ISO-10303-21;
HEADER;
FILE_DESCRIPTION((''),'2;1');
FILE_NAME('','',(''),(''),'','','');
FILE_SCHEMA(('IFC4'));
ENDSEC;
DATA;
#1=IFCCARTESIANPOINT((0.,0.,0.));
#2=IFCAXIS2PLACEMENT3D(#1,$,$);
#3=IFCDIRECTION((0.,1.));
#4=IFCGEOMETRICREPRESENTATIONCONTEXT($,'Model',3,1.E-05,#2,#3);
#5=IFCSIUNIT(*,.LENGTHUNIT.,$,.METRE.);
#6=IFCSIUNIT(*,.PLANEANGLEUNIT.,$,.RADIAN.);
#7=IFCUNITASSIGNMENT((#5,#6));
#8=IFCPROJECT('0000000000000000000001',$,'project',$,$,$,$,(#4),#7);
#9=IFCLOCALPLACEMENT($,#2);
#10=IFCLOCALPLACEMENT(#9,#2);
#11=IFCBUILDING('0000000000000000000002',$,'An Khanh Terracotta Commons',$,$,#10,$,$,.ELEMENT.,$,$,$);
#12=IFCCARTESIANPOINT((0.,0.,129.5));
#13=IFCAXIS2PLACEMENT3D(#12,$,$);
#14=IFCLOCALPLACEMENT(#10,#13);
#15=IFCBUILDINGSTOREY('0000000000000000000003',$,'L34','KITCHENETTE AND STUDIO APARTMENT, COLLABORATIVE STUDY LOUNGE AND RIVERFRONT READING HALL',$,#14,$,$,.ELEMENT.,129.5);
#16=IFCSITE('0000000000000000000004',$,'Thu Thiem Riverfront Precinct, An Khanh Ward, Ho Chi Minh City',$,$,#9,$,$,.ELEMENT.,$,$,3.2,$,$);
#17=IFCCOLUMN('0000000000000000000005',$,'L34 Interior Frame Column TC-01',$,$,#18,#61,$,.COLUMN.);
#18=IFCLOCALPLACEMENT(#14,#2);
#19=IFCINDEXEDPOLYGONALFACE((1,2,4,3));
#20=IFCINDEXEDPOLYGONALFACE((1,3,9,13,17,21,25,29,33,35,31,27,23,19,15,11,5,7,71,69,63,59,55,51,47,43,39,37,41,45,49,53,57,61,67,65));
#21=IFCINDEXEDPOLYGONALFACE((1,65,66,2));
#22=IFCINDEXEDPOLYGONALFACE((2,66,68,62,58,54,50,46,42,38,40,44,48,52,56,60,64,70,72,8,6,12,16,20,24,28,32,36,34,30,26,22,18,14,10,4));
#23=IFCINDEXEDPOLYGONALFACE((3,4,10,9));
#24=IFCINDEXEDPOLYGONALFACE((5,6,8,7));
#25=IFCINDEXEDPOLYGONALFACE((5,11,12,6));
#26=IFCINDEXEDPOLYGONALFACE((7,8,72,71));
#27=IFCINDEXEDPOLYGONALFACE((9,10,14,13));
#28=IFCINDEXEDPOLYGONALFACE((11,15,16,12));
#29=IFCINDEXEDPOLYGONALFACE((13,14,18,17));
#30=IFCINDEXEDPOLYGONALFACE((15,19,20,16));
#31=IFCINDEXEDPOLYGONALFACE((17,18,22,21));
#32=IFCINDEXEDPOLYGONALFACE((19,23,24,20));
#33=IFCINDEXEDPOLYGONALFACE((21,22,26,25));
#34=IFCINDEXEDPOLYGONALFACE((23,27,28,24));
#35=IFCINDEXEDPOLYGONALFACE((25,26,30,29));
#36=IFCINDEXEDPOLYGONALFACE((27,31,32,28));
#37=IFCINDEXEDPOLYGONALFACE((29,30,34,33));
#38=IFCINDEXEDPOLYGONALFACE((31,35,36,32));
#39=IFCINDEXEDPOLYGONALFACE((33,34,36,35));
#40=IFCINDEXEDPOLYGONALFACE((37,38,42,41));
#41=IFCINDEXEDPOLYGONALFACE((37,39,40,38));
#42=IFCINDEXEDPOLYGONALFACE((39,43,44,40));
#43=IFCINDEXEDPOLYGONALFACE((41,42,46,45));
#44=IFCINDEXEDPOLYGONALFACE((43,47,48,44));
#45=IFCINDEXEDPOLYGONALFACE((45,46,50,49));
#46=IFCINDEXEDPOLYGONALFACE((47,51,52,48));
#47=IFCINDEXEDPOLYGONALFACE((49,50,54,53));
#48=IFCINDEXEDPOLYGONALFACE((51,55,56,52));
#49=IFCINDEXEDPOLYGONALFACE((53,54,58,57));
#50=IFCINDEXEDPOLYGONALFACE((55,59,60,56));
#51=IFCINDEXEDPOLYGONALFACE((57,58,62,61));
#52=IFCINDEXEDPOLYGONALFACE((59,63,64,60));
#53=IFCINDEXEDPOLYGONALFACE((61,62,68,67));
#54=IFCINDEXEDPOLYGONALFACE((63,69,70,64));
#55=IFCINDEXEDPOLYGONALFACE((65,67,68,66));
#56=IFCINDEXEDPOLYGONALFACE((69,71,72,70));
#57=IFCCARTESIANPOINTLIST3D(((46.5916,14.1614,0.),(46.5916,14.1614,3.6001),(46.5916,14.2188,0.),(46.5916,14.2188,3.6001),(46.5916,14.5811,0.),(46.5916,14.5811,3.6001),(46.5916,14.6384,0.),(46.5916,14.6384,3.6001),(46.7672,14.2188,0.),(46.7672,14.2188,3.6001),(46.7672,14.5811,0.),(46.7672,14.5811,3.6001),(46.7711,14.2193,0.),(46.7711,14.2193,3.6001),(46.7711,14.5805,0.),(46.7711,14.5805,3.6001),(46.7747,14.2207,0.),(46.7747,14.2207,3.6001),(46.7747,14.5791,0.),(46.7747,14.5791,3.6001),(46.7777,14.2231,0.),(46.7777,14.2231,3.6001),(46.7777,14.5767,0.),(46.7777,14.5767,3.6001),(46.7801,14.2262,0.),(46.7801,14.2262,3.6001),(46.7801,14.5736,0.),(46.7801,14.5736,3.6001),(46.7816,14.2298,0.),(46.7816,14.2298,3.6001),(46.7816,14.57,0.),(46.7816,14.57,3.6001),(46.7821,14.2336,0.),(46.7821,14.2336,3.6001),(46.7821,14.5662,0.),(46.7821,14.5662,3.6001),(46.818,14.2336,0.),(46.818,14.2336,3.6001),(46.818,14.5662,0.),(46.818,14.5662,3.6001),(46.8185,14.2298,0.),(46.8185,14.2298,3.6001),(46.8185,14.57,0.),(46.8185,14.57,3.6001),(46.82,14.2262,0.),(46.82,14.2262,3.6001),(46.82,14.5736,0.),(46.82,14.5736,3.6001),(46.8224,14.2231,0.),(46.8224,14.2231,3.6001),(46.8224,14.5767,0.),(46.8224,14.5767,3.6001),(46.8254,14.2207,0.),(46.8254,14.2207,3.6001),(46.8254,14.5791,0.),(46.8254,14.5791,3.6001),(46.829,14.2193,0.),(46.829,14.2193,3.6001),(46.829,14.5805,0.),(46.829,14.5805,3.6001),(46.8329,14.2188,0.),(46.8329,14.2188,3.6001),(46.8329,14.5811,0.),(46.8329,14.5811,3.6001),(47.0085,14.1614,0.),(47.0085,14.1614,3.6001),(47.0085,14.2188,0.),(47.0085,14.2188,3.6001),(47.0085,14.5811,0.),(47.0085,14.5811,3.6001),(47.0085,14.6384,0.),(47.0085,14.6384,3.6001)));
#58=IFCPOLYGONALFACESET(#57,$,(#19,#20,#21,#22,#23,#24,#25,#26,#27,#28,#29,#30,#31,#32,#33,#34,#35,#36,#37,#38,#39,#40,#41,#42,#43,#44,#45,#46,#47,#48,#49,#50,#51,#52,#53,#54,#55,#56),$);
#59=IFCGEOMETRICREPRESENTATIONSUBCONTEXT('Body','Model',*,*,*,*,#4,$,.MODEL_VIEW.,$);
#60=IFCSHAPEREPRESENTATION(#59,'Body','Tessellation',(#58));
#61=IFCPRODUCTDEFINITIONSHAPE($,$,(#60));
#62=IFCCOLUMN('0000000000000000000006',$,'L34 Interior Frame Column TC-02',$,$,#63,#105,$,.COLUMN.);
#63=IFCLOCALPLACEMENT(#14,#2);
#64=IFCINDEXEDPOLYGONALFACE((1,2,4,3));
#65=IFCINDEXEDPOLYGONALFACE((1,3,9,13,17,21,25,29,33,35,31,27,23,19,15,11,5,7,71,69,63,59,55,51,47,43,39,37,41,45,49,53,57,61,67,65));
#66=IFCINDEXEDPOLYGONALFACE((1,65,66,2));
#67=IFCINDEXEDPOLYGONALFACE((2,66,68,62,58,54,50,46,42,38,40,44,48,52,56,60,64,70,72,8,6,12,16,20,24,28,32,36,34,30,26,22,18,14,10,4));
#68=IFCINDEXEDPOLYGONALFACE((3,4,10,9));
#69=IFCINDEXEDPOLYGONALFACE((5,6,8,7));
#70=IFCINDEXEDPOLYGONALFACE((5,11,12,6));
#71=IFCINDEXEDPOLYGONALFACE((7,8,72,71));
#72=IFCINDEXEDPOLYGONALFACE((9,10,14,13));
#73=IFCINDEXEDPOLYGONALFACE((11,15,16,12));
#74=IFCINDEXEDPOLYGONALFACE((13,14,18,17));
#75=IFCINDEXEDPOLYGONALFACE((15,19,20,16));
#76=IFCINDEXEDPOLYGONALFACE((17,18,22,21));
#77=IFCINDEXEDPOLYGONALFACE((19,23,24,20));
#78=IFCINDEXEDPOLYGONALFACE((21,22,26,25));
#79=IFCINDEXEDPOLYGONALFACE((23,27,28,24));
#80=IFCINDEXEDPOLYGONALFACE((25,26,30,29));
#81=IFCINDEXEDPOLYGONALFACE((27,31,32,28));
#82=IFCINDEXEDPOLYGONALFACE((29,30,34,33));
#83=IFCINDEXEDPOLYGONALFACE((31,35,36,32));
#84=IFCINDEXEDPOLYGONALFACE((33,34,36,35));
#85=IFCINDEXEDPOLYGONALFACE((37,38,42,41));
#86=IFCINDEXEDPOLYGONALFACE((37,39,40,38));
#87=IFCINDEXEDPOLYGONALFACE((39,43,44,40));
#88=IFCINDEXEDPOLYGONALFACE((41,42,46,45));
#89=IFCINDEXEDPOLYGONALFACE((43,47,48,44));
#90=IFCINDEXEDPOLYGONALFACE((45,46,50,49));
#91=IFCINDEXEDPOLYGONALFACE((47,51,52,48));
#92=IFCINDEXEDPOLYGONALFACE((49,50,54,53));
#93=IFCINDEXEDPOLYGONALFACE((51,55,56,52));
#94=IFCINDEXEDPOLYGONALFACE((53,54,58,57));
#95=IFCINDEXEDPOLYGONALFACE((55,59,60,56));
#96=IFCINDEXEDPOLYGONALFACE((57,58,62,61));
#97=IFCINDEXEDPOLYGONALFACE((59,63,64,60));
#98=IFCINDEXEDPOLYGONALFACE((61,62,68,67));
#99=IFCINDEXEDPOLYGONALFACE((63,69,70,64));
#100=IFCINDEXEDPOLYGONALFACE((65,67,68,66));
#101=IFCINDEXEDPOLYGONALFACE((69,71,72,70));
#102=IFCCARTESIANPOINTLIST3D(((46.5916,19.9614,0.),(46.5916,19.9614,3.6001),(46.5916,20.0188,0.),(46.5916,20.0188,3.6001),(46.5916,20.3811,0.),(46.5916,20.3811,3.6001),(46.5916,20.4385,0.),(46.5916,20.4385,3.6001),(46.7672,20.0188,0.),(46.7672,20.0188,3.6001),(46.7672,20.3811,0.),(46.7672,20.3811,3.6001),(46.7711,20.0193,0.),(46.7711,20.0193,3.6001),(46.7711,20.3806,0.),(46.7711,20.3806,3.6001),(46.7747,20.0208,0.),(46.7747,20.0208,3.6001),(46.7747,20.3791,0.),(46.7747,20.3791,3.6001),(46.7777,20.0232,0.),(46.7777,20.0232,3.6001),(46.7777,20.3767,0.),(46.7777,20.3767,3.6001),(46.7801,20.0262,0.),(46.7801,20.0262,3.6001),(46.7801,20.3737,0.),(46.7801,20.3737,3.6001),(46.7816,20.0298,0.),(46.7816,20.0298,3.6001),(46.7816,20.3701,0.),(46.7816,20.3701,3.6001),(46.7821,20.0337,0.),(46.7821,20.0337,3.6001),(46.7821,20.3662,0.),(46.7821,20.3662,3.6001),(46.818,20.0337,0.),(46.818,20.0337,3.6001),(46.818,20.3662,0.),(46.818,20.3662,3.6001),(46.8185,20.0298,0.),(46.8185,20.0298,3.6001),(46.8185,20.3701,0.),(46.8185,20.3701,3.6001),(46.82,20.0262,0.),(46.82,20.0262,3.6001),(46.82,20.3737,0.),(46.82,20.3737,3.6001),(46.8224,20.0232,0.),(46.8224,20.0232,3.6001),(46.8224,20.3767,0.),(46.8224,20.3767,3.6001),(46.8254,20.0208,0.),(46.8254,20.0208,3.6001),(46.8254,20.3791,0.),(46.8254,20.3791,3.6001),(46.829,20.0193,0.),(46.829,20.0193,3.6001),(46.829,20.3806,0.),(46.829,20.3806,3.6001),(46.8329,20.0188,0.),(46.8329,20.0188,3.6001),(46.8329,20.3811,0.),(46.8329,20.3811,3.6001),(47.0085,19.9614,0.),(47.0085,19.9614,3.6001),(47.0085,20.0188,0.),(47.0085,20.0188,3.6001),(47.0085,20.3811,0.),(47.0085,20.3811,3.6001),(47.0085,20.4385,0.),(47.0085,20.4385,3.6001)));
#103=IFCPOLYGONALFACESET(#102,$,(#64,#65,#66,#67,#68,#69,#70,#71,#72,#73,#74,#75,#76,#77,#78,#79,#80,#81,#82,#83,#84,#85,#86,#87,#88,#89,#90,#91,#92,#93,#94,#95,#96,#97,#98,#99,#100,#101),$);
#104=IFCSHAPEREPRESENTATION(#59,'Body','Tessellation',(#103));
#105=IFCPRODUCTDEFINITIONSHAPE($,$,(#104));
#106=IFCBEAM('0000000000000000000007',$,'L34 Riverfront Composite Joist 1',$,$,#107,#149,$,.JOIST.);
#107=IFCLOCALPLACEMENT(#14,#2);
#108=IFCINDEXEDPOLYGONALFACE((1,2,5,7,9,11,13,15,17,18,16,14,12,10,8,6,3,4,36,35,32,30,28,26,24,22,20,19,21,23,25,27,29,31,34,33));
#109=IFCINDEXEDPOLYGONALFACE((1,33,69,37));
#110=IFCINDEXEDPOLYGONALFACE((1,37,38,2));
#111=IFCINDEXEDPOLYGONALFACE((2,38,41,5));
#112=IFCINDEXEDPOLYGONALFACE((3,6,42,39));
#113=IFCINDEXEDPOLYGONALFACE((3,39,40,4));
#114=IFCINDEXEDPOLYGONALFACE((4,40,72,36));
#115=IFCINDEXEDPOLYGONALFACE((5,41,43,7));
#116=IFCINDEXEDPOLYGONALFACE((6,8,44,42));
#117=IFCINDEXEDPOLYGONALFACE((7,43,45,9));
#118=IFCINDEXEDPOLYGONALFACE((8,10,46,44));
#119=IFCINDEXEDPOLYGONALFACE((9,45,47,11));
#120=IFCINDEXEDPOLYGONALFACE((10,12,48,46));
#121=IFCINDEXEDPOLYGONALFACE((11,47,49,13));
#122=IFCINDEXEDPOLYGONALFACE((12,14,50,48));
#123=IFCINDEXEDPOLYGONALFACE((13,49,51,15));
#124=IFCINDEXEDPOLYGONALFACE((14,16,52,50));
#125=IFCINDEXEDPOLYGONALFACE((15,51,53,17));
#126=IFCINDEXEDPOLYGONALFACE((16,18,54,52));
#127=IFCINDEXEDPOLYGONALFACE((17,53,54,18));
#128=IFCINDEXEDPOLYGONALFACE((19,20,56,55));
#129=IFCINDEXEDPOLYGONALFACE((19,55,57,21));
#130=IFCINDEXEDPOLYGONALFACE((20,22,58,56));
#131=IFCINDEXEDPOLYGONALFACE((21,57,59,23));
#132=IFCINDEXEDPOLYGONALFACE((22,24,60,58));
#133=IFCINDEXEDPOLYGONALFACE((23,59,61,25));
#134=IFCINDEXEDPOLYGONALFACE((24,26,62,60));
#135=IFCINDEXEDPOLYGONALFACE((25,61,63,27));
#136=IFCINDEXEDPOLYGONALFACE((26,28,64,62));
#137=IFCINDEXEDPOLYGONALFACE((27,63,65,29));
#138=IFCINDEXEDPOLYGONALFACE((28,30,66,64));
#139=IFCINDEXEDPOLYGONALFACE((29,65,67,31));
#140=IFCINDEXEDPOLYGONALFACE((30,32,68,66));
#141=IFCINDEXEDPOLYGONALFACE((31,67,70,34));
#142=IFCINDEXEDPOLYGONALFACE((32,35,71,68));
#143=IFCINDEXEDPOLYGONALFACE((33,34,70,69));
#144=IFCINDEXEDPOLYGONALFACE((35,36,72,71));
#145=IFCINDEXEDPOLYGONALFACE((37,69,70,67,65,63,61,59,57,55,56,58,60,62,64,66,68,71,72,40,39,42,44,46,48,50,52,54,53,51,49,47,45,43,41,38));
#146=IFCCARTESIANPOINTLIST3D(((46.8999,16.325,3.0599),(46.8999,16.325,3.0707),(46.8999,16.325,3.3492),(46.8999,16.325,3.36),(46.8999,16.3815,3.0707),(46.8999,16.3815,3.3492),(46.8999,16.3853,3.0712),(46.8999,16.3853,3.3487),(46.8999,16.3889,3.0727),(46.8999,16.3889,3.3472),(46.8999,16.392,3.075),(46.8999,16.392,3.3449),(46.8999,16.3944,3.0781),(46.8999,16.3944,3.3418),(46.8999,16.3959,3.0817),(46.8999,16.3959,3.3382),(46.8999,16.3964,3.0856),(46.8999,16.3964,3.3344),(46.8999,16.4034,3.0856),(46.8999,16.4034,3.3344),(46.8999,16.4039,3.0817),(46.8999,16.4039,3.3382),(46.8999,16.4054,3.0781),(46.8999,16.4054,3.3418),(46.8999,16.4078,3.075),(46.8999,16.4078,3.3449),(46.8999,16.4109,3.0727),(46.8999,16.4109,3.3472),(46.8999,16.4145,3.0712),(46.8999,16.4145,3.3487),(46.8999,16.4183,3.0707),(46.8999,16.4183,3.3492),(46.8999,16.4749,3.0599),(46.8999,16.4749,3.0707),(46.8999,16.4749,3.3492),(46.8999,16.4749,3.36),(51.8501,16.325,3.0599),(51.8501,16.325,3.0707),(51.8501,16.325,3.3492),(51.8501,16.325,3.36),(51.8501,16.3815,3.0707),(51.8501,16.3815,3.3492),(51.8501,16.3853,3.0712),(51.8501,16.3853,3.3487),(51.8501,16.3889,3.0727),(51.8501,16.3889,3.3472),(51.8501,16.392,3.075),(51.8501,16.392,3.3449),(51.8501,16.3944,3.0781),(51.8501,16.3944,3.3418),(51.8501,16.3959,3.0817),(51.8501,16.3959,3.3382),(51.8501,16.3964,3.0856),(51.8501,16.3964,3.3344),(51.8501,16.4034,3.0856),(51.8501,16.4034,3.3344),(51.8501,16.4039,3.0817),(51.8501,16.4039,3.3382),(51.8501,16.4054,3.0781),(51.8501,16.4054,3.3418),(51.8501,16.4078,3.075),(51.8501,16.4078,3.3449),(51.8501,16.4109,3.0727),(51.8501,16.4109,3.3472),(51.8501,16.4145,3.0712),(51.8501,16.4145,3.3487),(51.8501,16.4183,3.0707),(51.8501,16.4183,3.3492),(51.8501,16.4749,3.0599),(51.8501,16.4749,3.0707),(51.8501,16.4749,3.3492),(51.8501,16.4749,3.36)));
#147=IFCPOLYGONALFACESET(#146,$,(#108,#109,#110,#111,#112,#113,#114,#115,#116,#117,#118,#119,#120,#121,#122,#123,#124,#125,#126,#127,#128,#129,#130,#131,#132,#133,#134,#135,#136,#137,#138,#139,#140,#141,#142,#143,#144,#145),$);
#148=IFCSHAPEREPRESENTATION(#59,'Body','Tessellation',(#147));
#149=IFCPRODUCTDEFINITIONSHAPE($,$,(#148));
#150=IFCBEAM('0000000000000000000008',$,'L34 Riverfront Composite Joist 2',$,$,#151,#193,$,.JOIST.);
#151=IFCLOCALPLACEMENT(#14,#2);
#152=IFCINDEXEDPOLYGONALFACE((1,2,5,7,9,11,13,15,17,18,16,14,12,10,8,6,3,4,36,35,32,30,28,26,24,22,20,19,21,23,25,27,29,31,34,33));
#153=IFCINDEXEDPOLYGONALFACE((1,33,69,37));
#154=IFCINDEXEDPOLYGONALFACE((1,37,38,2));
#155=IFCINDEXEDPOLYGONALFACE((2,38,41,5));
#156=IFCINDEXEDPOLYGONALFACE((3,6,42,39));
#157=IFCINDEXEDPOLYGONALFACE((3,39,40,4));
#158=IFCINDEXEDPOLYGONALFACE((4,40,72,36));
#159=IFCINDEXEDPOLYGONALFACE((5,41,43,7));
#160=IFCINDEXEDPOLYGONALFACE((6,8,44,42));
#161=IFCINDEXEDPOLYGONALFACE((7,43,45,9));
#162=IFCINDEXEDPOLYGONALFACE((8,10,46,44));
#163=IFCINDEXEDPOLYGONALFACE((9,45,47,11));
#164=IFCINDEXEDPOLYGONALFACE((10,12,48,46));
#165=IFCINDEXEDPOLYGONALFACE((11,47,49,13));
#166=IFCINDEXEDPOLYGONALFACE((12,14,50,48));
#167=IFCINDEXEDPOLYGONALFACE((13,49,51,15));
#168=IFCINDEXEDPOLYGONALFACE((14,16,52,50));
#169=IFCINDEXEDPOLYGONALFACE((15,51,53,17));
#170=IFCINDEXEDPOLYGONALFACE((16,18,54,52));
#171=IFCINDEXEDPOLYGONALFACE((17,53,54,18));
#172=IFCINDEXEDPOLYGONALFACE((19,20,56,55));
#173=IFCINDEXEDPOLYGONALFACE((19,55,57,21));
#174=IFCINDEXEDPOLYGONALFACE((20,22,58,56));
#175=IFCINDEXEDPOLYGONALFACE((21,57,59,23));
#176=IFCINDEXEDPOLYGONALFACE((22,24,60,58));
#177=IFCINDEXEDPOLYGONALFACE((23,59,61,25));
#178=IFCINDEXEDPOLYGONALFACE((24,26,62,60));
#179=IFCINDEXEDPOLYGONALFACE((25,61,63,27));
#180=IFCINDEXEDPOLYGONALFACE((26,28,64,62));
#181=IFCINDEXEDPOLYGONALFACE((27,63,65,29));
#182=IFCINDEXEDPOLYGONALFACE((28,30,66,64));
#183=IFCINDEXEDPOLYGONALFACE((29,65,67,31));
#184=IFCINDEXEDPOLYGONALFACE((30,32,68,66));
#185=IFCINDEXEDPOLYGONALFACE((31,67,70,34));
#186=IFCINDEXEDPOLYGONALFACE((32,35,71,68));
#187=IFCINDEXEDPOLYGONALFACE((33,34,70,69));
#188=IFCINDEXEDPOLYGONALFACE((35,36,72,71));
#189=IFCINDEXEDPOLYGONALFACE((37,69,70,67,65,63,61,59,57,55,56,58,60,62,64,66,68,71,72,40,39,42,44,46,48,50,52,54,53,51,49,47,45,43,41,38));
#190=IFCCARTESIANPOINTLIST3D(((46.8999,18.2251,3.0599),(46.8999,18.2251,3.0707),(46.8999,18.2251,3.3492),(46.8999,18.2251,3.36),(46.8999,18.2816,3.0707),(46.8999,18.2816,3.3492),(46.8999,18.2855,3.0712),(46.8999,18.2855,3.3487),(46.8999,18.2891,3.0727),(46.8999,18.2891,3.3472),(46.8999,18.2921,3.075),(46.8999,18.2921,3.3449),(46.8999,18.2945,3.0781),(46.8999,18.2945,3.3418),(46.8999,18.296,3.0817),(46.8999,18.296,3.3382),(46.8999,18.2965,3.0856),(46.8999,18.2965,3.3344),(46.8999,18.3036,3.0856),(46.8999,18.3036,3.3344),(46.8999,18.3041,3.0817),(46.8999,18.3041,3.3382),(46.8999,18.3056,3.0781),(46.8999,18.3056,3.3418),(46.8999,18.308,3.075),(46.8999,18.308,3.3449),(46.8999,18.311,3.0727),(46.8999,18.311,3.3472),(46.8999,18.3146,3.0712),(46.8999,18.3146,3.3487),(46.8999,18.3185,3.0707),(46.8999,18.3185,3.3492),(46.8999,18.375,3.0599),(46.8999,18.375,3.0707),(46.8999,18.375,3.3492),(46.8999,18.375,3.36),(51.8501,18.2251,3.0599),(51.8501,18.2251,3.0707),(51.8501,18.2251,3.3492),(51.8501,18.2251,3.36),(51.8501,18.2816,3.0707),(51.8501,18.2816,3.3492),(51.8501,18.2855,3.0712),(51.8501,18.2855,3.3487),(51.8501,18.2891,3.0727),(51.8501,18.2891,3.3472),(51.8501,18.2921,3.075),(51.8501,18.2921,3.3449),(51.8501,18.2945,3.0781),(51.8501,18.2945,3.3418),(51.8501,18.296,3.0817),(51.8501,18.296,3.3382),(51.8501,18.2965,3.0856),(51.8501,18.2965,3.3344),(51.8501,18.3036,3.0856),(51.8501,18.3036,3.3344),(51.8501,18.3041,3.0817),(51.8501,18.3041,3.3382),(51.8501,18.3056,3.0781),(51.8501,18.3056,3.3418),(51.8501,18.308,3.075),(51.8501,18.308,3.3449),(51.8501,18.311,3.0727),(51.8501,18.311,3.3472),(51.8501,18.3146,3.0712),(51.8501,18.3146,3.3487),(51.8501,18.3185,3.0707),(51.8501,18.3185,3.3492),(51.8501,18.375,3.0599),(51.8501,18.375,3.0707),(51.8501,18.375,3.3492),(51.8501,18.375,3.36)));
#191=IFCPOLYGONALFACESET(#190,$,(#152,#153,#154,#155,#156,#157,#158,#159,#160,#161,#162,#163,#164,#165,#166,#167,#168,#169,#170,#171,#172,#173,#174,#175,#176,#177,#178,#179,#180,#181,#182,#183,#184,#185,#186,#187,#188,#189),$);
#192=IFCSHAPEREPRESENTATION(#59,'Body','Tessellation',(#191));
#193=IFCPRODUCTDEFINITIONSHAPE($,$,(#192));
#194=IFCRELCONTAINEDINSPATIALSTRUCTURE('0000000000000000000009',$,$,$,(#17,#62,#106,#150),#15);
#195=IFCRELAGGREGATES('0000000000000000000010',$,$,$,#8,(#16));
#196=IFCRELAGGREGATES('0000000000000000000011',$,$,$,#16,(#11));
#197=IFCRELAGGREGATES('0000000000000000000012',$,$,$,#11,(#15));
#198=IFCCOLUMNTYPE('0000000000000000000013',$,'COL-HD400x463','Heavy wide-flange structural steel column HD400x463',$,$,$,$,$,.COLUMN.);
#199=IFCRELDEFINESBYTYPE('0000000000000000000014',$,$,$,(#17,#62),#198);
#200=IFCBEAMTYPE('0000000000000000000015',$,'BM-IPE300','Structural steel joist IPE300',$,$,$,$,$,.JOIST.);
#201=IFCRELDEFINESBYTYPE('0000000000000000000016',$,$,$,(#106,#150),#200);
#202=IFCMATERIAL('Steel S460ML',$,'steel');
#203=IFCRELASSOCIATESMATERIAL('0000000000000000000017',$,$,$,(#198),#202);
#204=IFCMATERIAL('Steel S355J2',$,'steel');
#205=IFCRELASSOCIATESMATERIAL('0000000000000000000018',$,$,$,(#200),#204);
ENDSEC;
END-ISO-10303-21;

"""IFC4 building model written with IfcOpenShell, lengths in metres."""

from ifc_helpers import new_model, si_unit, direction, frame, origin, origin_2d, place, context, subcontext, project, spatial, i_section, extrude, material, material_profile, profile_set, type_object, element, save


model = new_model("IFC4")

# Units and contexts
model_context = context("Model", 3, precision=1e-05, world=origin(), true_north=direction((0.0, 1.0)))
body_context = subcontext(model_context, "Body", "Model", "MODEL_VIEW")
ifc_project = project(units=[si_unit("LENGTHUNIT", "METRE"), si_unit("PLANEANGLEUNIT", "RADIAN")], contexts=[model_context])

# Site, building, storey
site_placement = place(None, origin())
site = spatial("IfcSite", under=ifc_project, at=site_placement, Name="Thu Thiem Riverfront Precinct, An Khanh Ward, Ho Chi Minh City", CompositionType="ELEMENT", RefElevation=3.2)
building_placement = place(site_placement, origin())
building = spatial("IfcBuilding", under=site, at=building_placement, Name="An Khanh Terracotta Commons", CompositionType="ELEMENT")
storey_placement = place(building_placement, frame((0.0, 0.0, 129.5)))
storey = spatial("IfcBuildingStorey", under=building, at=storey_placement, Name="L34", Description="KITCHENETTE AND STUDIO APARTMENT, COLLABORATIVE STUDY LOUNGE AND RIVERFRONT READING HALL", CompositionType="ELEMENT", Elevation=129.5)

# Columns
ifc_material_1 = material(Name="Steel S460ML", Category="steel")
ifc_material_profile_1 = material_profile(ifc_material_1, i_section(OverallWidth=0.417, OverallDepth=0.4771, WebThickness=0.0359, FlangeThickness=0.0574, FilletRadius=0.0149, at=origin_2d()), Name="HD400x463")
ifc_profile_set_1 = profile_set([ifc_material_profile_1], Name="Steel S460ML")
column_type = type_object("IfcColumnType", Name="COL-HD400x463", Description="Heavy wide-flange structural steel column HD400x463", PredefinedType="COLUMN", material=ifc_profile_set_1)
for number, where, z_axis, x_axis, name in (
    (1, (46.8, 14.3999, 0.0), (0.0, 0.0, 1.0), (1.0, 0.0, 0.0), "L34 Interior Frame Column TC-01"),
    (2, (46.8, 20.2, 0.0), (0.0, 0.0, 1.0), (1.0, 0.0, 0.0), "L34 Interior Frame Column TC-02"),
):
    element("IfcColumn", number, at=place(storey_placement, frame(where, z_axis=z_axis, x_axis=x_axis)), inside=storey, type_object=column_type, Name=name, PredefinedType="COLUMN", context=body_context, shape_type="SweptSolid", body=[
        extrude(i_section(OverallWidth=0.417, OverallDepth=0.4771, WebThickness=0.0359, FlangeThickness=0.0574, FilletRadius=0.0149, at=origin_2d()), origin(), (0.0, 0.0, 1.0), 3.6001),
    ])

# Beams
ifc_material_2 = material(Name="Steel S355J2", Category="steel")
ifc_material_profile_2 = material_profile(ifc_material_2, i_section(OverallWidth=0.1499, OverallDepth=0.3, WebThickness=0.0071, FlangeThickness=0.0107, FilletRadius=0.0149, at=origin_2d()), Name="IPE300")
ifc_profile_set_2 = profile_set([ifc_material_profile_2], Name="Steel S355J2")
beam_type_1 = type_object("IfcBeamType", Name="BM-IPE300", Description="Structural steel joist IPE300", PredefinedType="JOIST", material=ifc_profile_set_2)
for number, where, z_axis, x_axis, name in (
    (3, (46.8999, 16.3999, 3.21), (1.0, 0.0, 0.0), (0.0, 1.0, 0.0), "L34 Riverfront Composite Joist 1"),
    (4, (46.8999, 18.3, 3.21), (1.0, 0.0, 0.0), (0.0, 1.0, 0.0), "L34 Riverfront Composite Joist 2"),
):
    element("IfcBeam", number, at=place(storey_placement, frame(where, z_axis=z_axis, x_axis=x_axis)), inside=storey, type_object=beam_type_1, Name=name, PredefinedType="JOIST", context=body_context, shape_type="SweptSolid", body=[
        extrude(i_section(OverallWidth=0.1499, OverallDepth=0.3, WebThickness=0.0071, FlangeThickness=0.0107, FilletRadius=0.0149, at=origin_2d()), origin(), (0.0, 0.0, 1.0), 4.9502),
    ])

save(model, "model.ifc")
